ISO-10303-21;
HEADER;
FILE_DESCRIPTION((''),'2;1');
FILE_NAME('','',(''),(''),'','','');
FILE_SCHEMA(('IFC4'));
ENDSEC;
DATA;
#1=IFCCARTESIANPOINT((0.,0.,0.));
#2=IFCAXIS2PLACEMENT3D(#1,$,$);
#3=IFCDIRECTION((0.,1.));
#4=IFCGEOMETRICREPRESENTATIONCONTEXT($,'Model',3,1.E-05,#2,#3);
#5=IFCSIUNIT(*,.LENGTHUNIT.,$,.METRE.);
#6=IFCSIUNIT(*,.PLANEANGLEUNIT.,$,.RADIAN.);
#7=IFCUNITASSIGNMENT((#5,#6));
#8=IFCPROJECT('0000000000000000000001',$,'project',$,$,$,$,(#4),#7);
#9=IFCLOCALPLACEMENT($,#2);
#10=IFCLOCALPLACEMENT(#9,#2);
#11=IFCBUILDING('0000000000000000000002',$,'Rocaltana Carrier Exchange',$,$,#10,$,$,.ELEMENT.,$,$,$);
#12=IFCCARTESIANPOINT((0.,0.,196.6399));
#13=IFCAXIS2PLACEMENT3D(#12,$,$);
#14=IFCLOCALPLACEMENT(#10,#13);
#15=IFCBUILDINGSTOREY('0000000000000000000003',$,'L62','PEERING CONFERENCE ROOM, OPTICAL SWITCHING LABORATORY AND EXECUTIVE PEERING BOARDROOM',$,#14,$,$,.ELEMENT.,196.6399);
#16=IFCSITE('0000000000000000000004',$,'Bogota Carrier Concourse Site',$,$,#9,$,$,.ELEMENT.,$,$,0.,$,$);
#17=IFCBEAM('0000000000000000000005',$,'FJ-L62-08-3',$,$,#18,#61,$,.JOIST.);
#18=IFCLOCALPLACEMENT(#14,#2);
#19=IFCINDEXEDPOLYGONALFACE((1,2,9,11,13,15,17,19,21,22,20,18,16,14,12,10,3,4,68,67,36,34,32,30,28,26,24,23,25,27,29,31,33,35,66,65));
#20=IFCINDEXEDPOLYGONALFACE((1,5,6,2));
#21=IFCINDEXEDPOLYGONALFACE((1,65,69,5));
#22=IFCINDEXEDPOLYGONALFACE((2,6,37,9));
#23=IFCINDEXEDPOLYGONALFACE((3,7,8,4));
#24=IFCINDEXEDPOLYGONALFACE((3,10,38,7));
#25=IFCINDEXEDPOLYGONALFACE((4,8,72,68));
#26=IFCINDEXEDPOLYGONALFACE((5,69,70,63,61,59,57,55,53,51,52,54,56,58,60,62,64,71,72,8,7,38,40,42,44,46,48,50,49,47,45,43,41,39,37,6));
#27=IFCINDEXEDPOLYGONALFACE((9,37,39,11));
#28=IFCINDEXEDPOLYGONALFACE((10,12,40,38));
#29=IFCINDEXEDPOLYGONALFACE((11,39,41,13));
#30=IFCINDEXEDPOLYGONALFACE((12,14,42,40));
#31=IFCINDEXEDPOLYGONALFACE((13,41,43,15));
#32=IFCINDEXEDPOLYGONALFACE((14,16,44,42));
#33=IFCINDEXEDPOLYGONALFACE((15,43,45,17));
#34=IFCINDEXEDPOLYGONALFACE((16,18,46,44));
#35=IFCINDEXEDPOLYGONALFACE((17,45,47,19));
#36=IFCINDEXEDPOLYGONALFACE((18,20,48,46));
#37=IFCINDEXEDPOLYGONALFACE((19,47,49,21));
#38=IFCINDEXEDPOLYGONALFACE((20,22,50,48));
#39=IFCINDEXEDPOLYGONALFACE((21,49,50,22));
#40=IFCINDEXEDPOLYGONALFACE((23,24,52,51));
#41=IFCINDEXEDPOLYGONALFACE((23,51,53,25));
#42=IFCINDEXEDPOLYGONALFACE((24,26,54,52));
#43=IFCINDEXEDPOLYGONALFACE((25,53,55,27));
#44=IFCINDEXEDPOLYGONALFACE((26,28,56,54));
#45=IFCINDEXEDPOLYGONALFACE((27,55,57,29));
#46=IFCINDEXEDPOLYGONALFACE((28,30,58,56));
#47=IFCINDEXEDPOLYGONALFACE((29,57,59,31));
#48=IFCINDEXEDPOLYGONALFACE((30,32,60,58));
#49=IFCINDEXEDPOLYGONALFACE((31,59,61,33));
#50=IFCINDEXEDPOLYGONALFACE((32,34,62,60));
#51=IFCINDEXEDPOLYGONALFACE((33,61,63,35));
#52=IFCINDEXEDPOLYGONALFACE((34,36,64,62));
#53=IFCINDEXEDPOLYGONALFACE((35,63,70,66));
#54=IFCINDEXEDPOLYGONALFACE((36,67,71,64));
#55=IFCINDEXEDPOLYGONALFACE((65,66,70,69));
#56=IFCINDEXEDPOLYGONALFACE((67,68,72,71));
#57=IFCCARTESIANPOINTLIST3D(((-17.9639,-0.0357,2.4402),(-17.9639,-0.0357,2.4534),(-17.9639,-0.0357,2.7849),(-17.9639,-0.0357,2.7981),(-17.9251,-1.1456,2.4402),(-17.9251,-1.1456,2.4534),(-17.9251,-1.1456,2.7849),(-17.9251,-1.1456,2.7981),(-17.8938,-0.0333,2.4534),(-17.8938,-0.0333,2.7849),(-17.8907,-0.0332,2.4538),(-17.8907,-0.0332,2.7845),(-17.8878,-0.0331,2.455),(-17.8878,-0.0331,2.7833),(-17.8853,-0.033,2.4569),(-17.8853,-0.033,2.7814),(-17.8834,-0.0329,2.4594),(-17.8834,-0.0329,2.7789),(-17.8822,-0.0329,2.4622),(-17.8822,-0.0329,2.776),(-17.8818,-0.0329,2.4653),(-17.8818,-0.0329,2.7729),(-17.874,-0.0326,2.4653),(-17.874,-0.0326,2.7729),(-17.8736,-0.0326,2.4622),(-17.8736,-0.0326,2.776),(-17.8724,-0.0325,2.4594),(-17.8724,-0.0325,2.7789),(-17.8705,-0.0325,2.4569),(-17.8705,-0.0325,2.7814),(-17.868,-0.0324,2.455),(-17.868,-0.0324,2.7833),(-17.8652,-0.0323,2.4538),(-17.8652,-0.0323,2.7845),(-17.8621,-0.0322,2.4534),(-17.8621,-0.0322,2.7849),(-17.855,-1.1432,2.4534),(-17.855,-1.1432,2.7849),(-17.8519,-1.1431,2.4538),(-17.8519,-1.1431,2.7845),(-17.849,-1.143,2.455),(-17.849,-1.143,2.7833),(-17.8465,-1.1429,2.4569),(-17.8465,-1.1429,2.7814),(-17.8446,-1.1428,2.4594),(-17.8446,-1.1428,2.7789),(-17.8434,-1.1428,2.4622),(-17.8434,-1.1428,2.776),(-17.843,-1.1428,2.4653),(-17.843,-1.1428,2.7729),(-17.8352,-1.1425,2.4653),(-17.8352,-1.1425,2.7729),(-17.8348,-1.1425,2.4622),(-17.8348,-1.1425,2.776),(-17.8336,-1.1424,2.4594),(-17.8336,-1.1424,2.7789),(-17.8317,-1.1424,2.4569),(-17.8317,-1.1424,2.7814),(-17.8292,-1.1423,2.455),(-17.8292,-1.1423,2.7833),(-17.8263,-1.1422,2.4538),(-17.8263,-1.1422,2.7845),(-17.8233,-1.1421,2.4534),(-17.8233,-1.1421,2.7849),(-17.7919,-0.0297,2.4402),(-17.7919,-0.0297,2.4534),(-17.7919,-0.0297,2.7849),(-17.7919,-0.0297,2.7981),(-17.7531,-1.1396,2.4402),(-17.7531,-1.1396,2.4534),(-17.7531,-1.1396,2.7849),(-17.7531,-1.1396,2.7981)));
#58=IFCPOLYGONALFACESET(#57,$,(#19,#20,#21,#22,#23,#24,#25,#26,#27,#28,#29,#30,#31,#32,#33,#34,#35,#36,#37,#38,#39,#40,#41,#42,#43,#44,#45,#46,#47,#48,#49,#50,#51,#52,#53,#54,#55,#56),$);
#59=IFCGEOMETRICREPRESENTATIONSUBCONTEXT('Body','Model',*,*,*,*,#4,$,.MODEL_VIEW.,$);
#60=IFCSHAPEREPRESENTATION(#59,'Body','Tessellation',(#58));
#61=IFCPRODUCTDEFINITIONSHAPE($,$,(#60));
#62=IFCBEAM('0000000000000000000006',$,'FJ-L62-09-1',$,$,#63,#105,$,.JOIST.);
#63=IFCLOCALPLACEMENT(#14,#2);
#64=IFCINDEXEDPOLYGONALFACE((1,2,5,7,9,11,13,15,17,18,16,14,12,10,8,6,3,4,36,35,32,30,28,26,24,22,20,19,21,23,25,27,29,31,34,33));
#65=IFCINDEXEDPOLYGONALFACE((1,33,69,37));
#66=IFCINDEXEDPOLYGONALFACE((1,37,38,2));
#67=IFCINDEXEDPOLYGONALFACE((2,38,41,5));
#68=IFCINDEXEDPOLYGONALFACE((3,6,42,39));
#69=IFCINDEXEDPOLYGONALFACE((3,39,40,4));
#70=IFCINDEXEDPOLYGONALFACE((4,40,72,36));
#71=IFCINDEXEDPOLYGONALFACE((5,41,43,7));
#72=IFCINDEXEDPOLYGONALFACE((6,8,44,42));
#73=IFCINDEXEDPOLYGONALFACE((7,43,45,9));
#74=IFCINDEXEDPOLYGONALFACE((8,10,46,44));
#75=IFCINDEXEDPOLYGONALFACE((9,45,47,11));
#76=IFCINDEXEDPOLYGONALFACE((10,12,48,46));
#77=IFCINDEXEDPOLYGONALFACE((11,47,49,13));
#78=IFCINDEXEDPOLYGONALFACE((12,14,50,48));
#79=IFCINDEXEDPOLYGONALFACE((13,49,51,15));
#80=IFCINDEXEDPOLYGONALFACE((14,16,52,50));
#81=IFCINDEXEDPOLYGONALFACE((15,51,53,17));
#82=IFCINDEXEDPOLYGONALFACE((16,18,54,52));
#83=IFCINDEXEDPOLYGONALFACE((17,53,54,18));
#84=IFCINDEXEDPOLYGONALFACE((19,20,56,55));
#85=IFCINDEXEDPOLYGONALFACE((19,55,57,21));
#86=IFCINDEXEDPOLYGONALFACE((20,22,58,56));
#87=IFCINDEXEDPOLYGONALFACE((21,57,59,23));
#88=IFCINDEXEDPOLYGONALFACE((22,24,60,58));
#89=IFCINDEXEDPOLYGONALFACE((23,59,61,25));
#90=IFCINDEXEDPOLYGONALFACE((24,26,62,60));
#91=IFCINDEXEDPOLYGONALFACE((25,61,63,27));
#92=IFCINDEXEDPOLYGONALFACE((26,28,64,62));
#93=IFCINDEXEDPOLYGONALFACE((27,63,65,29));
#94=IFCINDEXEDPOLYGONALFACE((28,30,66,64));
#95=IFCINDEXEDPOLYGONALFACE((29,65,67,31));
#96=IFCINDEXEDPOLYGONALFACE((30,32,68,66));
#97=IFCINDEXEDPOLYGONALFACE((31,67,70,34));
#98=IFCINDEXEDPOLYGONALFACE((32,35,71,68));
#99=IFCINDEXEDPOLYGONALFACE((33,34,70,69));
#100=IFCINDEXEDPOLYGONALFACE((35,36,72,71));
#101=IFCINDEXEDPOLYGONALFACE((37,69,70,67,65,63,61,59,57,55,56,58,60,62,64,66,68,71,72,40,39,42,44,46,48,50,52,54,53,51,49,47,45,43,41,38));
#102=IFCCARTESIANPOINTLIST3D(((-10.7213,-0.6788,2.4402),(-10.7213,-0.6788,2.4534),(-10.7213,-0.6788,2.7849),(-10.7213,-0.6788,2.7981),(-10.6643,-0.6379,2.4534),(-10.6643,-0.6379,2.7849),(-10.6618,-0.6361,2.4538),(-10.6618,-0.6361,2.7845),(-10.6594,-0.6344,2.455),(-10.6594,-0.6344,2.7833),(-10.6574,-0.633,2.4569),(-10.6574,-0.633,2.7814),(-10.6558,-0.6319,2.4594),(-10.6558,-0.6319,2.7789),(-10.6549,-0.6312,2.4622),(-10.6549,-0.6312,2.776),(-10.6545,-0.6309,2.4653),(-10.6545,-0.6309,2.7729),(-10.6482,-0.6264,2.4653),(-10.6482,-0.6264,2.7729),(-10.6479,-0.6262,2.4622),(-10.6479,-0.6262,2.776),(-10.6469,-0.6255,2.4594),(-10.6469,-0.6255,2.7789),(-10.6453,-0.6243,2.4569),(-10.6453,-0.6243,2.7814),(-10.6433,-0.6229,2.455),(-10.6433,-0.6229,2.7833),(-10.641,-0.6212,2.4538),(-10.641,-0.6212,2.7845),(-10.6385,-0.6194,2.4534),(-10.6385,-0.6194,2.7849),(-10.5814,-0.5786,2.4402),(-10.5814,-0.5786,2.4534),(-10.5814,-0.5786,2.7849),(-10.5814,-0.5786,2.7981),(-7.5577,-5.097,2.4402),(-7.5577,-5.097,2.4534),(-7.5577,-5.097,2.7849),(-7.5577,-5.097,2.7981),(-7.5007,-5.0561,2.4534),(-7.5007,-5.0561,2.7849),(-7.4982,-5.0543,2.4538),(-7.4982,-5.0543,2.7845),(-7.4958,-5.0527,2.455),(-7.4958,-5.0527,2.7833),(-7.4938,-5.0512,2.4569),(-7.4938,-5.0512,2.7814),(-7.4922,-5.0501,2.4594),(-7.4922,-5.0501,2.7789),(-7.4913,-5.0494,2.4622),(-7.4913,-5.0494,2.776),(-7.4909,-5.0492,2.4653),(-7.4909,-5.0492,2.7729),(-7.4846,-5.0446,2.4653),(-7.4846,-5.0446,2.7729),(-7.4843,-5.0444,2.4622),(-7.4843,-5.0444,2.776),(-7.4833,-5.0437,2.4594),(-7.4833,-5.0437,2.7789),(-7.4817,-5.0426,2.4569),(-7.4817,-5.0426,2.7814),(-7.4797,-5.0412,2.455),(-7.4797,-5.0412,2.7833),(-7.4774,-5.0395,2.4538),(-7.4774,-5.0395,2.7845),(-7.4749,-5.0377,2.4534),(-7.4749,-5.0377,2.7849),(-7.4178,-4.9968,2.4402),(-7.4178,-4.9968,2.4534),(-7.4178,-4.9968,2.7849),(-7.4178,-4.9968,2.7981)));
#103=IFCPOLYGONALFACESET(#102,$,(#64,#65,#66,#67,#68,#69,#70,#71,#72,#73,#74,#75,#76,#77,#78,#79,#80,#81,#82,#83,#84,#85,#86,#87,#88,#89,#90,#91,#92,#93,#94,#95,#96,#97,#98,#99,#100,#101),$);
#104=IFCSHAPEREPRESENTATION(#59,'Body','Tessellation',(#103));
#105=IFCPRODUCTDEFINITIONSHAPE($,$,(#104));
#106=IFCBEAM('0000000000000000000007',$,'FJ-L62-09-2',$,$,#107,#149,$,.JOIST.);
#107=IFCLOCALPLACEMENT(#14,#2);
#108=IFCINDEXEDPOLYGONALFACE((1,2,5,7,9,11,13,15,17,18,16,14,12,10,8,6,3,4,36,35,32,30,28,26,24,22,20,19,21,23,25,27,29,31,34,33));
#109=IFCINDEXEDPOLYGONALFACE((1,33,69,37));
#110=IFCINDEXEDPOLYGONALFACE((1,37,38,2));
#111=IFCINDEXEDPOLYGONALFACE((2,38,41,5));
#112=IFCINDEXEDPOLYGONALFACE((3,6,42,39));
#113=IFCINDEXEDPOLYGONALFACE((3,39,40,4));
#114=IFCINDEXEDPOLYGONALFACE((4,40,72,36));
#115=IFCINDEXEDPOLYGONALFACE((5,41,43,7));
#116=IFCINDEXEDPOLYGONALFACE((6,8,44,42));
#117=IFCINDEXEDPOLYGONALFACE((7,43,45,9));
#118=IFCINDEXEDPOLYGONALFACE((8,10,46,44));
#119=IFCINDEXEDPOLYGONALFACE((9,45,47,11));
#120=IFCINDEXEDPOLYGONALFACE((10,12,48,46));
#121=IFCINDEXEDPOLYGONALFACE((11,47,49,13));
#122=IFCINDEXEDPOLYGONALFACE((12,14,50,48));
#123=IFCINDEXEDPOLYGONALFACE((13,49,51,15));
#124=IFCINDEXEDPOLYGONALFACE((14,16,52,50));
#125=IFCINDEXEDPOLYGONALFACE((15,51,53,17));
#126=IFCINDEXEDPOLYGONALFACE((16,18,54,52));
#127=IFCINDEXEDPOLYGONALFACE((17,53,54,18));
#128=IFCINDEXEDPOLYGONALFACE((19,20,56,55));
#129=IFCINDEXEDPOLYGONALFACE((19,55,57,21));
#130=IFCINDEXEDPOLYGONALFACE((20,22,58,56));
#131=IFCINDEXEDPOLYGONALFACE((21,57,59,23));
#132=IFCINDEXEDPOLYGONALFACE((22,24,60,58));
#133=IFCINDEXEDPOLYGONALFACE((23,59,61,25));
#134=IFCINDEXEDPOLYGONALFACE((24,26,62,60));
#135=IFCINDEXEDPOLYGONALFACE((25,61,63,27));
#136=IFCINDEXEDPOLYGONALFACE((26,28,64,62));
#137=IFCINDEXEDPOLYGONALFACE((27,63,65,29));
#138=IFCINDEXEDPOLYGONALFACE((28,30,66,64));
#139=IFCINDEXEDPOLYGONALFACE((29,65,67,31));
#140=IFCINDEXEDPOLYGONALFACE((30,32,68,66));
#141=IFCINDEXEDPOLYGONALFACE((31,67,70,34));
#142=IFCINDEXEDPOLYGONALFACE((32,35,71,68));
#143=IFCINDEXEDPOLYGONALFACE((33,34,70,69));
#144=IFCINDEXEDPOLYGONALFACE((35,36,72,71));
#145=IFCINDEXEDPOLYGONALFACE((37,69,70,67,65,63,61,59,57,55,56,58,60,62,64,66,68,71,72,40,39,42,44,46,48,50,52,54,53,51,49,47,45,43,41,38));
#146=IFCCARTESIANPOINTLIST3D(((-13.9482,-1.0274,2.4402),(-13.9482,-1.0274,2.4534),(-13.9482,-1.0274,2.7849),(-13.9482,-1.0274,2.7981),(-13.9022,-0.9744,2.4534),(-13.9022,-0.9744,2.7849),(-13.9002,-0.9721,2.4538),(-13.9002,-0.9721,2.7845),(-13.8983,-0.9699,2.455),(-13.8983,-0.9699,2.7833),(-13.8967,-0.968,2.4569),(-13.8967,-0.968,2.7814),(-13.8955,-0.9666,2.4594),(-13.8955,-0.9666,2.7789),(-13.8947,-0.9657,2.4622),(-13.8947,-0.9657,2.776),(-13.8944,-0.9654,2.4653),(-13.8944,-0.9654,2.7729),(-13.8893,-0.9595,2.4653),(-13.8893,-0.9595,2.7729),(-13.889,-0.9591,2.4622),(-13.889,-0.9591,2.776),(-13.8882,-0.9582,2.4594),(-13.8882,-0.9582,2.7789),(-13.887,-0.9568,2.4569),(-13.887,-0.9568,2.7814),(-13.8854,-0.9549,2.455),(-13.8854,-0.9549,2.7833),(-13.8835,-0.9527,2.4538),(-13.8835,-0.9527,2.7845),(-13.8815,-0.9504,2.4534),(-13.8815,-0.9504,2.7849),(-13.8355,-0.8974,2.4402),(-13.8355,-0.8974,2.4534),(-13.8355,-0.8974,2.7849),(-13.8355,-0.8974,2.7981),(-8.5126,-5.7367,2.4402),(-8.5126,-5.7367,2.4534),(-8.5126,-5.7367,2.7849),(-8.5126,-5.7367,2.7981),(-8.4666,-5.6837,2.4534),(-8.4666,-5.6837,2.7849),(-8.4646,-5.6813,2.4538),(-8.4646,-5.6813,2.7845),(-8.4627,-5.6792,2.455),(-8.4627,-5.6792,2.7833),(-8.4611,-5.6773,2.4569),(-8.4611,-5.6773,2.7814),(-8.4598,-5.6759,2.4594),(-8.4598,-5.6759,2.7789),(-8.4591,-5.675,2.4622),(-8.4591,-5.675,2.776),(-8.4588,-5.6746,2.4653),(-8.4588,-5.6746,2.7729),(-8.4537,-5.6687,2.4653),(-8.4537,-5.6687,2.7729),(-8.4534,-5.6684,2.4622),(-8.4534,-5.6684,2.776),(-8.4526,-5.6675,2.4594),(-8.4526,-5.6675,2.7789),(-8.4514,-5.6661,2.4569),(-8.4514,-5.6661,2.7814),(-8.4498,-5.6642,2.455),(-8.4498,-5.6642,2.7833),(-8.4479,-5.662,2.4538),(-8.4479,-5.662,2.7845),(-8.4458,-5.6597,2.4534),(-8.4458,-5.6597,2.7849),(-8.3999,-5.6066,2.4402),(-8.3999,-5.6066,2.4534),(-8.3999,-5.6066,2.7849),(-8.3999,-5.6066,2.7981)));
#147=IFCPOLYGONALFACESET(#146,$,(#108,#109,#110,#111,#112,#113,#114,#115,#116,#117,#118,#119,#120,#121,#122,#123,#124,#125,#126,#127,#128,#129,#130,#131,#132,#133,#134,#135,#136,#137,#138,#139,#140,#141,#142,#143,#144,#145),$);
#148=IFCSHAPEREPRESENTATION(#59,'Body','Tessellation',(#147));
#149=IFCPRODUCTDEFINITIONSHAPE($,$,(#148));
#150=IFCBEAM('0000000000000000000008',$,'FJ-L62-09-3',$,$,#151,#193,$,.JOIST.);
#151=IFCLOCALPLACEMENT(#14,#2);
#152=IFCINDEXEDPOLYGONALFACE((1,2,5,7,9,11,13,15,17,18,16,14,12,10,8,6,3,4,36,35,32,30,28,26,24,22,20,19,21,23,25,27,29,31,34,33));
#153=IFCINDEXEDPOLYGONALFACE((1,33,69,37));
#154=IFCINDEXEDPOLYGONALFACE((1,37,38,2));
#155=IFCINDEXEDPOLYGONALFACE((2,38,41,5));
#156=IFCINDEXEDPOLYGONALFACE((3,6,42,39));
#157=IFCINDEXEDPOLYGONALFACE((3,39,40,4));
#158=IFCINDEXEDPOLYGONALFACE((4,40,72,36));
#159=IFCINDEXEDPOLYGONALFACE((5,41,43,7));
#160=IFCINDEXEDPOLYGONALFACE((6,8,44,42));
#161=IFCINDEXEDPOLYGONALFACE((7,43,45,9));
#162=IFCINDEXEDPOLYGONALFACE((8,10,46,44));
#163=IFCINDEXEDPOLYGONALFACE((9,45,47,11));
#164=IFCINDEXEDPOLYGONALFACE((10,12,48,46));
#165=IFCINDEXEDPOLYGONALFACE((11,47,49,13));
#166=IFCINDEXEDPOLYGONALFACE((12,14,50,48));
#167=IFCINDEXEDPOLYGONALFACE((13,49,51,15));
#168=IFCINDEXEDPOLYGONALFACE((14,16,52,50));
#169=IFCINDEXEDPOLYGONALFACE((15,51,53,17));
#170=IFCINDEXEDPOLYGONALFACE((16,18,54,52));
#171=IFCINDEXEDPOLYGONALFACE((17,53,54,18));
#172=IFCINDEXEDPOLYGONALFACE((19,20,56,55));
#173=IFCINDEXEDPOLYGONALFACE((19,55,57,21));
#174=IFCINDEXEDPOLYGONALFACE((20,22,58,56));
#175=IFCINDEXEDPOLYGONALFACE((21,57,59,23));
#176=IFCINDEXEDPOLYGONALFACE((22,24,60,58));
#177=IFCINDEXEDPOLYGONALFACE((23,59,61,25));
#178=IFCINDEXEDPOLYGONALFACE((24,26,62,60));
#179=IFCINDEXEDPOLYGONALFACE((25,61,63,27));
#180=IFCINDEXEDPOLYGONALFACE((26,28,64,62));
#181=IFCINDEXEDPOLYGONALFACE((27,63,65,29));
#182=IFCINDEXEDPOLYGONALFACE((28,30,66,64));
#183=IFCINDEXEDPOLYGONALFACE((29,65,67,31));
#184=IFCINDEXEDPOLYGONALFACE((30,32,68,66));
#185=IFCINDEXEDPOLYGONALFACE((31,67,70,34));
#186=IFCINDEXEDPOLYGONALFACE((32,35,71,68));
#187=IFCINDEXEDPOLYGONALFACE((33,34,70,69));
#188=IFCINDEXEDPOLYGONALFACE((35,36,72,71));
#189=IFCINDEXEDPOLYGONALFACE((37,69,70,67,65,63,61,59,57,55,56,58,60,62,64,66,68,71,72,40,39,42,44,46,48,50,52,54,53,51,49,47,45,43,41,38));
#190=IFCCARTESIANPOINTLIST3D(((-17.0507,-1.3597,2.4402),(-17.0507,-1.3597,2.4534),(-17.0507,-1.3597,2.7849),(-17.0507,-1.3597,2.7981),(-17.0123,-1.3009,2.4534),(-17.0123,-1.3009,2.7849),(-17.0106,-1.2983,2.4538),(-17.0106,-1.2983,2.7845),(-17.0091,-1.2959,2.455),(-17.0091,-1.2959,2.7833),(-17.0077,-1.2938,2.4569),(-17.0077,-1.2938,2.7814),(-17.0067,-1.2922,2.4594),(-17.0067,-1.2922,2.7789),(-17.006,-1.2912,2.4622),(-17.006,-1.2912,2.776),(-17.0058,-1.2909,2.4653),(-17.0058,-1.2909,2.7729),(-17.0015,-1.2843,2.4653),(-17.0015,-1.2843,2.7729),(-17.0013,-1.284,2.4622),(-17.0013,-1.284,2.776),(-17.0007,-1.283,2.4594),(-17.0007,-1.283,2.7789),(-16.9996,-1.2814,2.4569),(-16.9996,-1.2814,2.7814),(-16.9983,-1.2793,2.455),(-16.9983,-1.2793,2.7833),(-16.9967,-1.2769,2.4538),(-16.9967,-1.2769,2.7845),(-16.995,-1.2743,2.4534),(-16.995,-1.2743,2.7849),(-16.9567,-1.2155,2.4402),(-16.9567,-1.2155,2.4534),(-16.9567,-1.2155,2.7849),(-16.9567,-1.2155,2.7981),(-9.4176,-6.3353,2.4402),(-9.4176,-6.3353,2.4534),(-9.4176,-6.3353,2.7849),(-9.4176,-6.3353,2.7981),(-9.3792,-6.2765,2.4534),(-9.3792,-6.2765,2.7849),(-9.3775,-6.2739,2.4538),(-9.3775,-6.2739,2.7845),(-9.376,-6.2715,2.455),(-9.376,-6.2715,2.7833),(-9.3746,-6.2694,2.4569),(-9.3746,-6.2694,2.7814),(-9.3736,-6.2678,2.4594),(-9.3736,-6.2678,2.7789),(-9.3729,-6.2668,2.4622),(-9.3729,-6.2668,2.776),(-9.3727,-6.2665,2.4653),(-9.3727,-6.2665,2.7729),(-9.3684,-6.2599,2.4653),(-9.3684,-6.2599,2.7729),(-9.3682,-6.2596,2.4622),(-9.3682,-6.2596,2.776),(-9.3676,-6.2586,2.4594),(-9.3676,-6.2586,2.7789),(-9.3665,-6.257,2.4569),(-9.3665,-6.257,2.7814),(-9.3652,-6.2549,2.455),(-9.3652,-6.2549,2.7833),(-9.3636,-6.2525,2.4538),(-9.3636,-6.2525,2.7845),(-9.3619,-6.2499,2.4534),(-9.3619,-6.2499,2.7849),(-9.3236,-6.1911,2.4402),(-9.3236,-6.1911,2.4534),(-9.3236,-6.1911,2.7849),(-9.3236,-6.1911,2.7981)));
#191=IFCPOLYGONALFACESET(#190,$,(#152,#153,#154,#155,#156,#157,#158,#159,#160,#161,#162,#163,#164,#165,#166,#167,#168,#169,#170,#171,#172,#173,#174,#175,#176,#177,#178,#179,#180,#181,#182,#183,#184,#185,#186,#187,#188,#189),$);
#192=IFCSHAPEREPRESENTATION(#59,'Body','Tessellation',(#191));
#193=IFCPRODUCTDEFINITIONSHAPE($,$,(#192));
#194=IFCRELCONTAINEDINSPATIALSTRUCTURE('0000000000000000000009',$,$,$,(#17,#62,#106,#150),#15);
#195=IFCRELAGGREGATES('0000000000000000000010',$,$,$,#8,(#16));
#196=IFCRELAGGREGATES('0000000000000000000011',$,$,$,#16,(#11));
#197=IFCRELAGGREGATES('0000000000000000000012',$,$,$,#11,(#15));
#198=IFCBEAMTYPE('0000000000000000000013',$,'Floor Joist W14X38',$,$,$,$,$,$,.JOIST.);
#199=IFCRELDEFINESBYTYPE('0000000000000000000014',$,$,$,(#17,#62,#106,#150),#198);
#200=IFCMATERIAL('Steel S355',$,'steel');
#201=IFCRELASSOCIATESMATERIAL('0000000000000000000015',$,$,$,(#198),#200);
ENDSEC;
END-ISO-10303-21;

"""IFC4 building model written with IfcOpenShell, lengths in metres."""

from ifc_helpers import new_model, si_unit, direction, frame, origin, origin_2d, place, context, subcontext, project, spatial, i_section, extrude, material, material_profile, profile_set, type_object, element, save


model = new_model("IFC4")

# Units and contexts
model_context = context("Model", 3, precision=1e-05, world=origin(), true_north=direction((0.0, 1.0)))
body_context = subcontext(model_context, "Body", "Model", "MODEL_VIEW")
ifc_project = project(units=[si_unit("LENGTHUNIT", "METRE"), si_unit("PLANEANGLEUNIT", "RADIAN")], contexts=[model_context])

# Site, building, storey
site_placement = place(None, origin())
site = spatial("IfcSite", under=ifc_project, at=site_placement, Name="Bogota Carrier Concourse Site", CompositionType="ELEMENT", RefElevation=0.0)
building_placement = place(site_placement, origin())
building = spatial("IfcBuilding", under=site, at=building_placement, Name="Rocaltana Carrier Exchange", CompositionType="ELEMENT")
storey_placement = place(building_placement, frame((0.0, 0.0, 196.6399)))
storey = spatial("IfcBuildingStorey", under=building, at=storey_placement, Name="L62", Description="PEERING CONFERENCE ROOM, OPTICAL SWITCHING LABORATORY AND EXECUTIVE PEERING BOARDROOM", CompositionType="ELEMENT", Elevation=196.6399)

# Beams
ifc_material_1 = material(Name="Steel S355", Category="steel")
ifc_material_profile_1 = material_profile(ifc_material_1, i_section(OverallWidth=0.1721, OverallDepth=0.3579, WebThickness=0.0078, FlangeThickness=0.0132, FilletRadius=0.012, at=origin_2d()), Name="W14X38")
ifc_profile_set_1 = profile_set([ifc_material_profile_1], Name="Steel S355")
beam_type_1 = type_object("IfcBeamType", Name="Floor Joist W14X38", PredefinedType="JOIST", material=ifc_profile_set_1)
beam_1_placement = place(storey_placement, frame((-17.8779, -0.0327, 2.6191), z_axis=(0.034954, -0.999389, 0.0), x_axis=(0.999389, 0.034954, 0.0)))
element("IfcBeam", 1, at=beam_1_placement, inside=storey, type_object=beam_type_1, Name="FJ-L62-08-3", PredefinedType="JOIST", context=body_context, shape_type="SweptSolid", body=[
    extrude(i_section(OverallWidth=0.1721, OverallDepth=0.3579, WebThickness=0.0078, FlangeThickness=0.0132, FilletRadius=0.012, at=origin_2d()), origin(), (0.0, 0.0, 1.0), 1.1106),
])
beam_2_placement = place(storey_placement, frame((-10.6514, -0.6287, 2.6191), z_axis=(0.582177, -0.813062, 0.0), x_axis=(0.813062, 0.582177, 0.0)))
element("IfcBeam", 2, at=beam_2_placement, inside=storey, type_object=beam_type_1, Name="FJ-L62-09-1", PredefinedType="JOIST", context=body_context, shape_type="SweptSolid", body=[
    extrude(i_section(OverallWidth=0.1721, OverallDepth=0.3579, WebThickness=0.0078, FlangeThickness=0.0132, FilletRadius=0.012, at=origin_2d()), origin(), (0.0, 0.0, 1.0), 5.4341),
])
beam_3_placement = place(storey_placement, frame((-13.8918, -0.9624, 2.6191), z_axis=(0.755798, -0.654805, 0.0), x_axis=(0.654805, 0.755798, 0.0)))
element("IfcBeam", 3, at=beam_3_placement, inside=storey, type_object=beam_type_1, Name="FJ-L62-09-2", PredefinedType="JOIST", context=body_context, shape_type="SweptSolid", body=[
    extrude(i_section(OverallWidth=0.1721, OverallDepth=0.3579, WebThickness=0.0078, FlangeThickness=0.0132, FilletRadius=0.012, at=origin_2d()), origin(), (0.0, 0.0, 1.0), 7.1919),
])
beam_4_placement = place(storey_placement, frame((-17.0037, -1.2876, 2.6191), z_axis=(0.837736, -0.546076, 0.0), x_axis=(0.546076, 0.837736, 0.0)))
element("IfcBeam", 4, at=beam_4_placement, inside=storey, type_object=beam_type_1, Name="FJ-L62-09-3", PredefinedType="JOIST", context=body_context, shape_type="SweptSolid", body=[
    extrude(i_section(OverallWidth=0.1721, OverallDepth=0.3579, WebThickness=0.0078, FlangeThickness=0.0132, FilletRadius=0.012, at=origin_2d()), origin(), (0.0, 0.0, 1.0), 9.1116),
])

save(model, "model.ifc")
